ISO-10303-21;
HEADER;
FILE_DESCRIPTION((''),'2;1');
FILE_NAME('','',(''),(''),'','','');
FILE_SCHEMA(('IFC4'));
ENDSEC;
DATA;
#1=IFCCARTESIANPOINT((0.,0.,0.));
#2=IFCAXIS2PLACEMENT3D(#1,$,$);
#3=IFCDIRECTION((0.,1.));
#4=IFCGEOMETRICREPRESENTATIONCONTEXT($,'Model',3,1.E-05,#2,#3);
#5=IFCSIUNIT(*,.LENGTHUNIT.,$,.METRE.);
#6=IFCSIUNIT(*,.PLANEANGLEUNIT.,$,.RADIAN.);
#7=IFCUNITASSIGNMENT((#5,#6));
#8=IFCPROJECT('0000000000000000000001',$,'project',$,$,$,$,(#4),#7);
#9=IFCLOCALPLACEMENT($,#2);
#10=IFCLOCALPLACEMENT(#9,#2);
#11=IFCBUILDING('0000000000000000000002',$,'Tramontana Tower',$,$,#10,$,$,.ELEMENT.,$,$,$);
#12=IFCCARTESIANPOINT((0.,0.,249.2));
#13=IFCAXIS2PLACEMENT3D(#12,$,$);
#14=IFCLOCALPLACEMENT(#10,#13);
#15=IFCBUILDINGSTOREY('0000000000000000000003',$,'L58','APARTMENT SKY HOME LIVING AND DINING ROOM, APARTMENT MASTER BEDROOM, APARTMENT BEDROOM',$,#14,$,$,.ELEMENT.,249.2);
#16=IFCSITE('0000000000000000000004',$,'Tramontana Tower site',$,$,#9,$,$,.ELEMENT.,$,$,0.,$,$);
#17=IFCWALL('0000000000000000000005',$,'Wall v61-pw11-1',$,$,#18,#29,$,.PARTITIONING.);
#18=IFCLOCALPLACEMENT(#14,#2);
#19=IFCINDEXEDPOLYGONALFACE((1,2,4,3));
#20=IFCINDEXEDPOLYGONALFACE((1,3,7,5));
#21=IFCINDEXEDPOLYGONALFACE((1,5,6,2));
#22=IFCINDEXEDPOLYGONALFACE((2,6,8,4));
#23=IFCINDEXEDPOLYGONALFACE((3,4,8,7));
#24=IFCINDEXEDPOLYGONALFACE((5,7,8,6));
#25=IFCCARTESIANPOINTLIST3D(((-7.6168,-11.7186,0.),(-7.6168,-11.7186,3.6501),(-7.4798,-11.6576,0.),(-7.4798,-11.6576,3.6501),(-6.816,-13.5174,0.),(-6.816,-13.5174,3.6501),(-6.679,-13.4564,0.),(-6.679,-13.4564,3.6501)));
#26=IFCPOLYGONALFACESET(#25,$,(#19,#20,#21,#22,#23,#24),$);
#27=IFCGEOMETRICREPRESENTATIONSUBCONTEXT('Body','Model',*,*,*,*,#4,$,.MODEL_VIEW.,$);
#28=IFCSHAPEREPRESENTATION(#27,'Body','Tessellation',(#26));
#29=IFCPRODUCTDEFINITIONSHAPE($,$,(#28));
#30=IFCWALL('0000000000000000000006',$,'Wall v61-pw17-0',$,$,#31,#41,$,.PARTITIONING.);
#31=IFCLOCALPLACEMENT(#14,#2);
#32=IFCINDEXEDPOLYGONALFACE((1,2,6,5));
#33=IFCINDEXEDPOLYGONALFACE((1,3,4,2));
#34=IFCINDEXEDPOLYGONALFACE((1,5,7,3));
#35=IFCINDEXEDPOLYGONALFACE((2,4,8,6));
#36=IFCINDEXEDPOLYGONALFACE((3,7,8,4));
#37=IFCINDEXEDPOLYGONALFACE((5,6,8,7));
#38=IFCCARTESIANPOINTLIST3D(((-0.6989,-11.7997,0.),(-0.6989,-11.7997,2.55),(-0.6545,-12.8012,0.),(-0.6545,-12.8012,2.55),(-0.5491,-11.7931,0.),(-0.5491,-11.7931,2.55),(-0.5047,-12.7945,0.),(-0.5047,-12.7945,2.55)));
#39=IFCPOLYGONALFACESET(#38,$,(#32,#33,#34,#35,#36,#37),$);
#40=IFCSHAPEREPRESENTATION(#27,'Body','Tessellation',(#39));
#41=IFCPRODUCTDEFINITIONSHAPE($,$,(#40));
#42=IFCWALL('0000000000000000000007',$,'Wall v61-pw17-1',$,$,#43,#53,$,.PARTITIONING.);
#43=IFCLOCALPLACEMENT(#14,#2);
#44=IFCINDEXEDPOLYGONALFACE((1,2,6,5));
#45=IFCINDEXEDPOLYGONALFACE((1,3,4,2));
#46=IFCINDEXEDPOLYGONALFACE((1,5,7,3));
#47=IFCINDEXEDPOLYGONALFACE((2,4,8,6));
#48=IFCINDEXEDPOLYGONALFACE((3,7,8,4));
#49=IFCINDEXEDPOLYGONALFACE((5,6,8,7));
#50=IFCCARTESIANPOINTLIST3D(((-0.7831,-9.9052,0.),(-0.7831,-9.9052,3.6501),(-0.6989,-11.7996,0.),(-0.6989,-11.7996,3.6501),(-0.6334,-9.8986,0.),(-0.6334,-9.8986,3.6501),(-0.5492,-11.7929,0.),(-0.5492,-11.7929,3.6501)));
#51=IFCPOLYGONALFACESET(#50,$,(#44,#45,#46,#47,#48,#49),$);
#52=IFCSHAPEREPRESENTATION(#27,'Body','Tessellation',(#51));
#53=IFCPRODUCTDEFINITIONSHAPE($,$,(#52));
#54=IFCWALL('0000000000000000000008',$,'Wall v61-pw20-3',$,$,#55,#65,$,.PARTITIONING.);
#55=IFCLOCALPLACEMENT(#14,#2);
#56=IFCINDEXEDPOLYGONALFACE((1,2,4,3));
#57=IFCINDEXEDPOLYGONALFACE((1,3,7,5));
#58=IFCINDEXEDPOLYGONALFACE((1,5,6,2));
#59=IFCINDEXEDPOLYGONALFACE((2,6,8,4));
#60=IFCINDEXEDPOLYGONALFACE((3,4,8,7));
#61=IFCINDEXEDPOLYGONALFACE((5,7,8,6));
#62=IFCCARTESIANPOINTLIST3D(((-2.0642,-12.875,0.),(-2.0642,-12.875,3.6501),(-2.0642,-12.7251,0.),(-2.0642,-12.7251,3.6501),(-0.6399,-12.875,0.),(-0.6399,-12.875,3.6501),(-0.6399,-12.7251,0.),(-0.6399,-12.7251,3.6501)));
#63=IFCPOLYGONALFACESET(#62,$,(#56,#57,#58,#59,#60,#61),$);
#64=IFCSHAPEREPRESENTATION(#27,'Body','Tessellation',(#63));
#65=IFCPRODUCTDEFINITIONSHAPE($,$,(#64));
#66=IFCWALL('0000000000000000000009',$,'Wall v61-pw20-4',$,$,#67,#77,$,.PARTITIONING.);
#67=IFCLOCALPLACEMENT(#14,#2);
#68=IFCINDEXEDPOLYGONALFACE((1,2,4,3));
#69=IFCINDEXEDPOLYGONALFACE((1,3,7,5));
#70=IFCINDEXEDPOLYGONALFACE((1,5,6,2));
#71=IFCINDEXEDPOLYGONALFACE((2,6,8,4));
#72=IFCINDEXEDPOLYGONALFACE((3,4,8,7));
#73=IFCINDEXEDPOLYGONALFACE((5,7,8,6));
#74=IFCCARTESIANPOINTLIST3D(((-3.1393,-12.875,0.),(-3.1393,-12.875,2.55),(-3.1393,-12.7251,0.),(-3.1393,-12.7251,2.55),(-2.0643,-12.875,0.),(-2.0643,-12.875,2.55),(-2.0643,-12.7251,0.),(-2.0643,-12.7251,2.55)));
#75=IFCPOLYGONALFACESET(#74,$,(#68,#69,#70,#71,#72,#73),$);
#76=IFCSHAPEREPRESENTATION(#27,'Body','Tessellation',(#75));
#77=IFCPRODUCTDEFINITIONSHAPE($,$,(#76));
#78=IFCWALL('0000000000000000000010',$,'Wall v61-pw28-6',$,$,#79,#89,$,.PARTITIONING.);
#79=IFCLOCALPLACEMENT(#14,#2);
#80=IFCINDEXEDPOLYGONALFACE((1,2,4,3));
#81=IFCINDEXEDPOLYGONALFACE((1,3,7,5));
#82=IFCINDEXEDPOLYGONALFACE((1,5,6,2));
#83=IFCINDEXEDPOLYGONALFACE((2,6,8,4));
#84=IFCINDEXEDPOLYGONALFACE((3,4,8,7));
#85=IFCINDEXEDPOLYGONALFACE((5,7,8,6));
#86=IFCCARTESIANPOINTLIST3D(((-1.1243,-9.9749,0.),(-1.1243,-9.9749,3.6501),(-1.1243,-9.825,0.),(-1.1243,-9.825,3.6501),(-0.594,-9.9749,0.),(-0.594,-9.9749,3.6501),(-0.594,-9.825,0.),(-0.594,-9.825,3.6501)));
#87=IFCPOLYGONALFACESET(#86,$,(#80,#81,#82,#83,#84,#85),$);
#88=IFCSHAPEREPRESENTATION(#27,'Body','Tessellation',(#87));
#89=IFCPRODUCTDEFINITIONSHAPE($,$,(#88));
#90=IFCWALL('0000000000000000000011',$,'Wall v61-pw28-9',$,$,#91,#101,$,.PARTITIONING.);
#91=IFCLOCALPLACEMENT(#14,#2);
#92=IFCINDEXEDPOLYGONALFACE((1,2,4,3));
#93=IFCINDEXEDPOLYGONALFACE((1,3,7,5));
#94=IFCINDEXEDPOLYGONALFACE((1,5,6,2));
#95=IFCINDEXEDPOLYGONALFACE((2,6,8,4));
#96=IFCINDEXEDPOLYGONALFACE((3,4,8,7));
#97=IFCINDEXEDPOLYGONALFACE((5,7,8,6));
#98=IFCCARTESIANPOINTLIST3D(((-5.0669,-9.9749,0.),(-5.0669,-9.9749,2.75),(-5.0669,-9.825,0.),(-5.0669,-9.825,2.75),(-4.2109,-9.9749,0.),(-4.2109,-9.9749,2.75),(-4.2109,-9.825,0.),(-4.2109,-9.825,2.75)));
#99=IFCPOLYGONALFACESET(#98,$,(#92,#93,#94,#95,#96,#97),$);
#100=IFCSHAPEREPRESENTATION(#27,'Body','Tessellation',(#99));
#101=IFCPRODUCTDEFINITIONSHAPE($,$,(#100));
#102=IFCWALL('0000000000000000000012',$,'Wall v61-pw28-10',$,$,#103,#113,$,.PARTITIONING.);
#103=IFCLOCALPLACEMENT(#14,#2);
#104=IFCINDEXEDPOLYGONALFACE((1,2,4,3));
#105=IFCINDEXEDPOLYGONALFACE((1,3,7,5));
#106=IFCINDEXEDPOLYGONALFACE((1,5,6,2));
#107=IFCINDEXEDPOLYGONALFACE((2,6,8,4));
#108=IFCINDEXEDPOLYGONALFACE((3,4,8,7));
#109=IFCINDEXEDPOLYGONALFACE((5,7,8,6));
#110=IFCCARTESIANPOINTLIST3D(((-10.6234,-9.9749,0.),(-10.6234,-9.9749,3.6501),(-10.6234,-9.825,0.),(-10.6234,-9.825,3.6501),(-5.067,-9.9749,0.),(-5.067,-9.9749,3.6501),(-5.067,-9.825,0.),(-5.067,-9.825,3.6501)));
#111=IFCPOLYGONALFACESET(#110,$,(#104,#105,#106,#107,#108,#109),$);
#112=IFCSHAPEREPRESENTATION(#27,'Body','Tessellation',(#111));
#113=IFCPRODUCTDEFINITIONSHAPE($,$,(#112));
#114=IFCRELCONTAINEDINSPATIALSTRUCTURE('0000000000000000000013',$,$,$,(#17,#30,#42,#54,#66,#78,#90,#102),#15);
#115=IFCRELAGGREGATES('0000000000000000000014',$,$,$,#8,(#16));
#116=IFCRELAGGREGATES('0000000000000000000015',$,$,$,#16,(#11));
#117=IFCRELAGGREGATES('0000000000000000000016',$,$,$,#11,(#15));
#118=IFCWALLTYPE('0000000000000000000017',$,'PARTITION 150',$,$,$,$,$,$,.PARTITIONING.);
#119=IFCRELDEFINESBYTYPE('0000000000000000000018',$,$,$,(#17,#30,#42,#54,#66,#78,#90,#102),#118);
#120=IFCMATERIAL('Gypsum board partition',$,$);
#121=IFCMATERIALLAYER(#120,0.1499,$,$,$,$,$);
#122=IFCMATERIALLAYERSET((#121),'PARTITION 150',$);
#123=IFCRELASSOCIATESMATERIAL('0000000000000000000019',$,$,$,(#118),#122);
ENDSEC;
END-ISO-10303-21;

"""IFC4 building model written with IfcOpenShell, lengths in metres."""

from ifc_helpers import new_model, si_unit, direction, frame, frame_2d, origin, place, context, subcontext, project, spatial, rectangle, extrude, material, layer, layer_set, type_object, element, save


model = new_model("IFC4")

# Units and contexts
model_context = context("Model", 3, precision=1e-05, world=origin(), true_north=direction((0.0, 1.0)))
body_context = subcontext(model_context, "Body", "Model", "MODEL_VIEW")
ifc_project = project(units=[si_unit("LENGTHUNIT", "METRE"), si_unit("PLANEANGLEUNIT", "RADIAN")], contexts=[model_context])

# Site, building, storey
site_placement = place(None, origin())
site = spatial("IfcSite", under=ifc_project, at=site_placement, Name="Tramontana Tower site", CompositionType="ELEMENT", RefElevation=0.0)
building_placement = place(site_placement, origin())
building = spatial("IfcBuilding", under=site, at=building_placement, Name="Tramontana Tower", CompositionType="ELEMENT")
storey_placement = place(building_placement, frame((0.0, 0.0, 249.2)))
storey = spatial("IfcBuildingStorey", under=building, at=storey_placement, Name="L58", Description="APARTMENT SKY HOME LIVING AND DINING ROOM, APARTMENT MASTER BEDROOM, APARTMENT BEDROOM", CompositionType="ELEMENT", Elevation=249.2)

# Shared definitions
ifc_material_1 = material(Name="Gypsum board partition")
ifc_layer_1 = layer(ifc_material_1, 0.1499)
ifc_layer_set_1 = layer_set([ifc_layer_1], Name="PARTITION 150")
wall_type_1 = type_object("IfcWallType", Name="PARTITION 150", PredefinedType="PARTITIONING", material=ifc_layer_set_1)

# Wall
wall_1_placement = place(storey_placement, frame((-6.7476, -13.4868, 0.0), z_axis=(0.0, 0.0, 1.0), x_axis=(-0.406691, 0.913566, 0.0)))
element("IfcWall", 1, at=wall_1_placement, inside=storey, type_object=wall_type_1, Name="Wall v61-pw11-1", PredefinedType="PARTITIONING", context=body_context, shape_type="SweptSolid", body=[
    extrude(rectangle(XDim=1.969, YDim=0.1499, at=frame_2d((0.9844, 0.0))), origin(), (0.0, 0.0, 1.0), 3.6501),
])

# Walls
wall_2_placement = place(storey_placement, frame((-0.5796, -12.7979, 0.0), z_axis=(0.0, 0.0, 1.0), x_axis=(-0.044325, 0.999017, 0.0)))
element("IfcWall", 2, at=wall_2_placement, inside=storey, type_object=wall_type_1, Name="Wall v61-pw17-0", PredefinedType="PARTITIONING", context=body_context, shape_type="SweptSolid", body=[
    extrude(rectangle(XDim=1.0024, YDim=0.1499, at=frame_2d((0.5012, 0.0))), origin(), (0.0, 0.0, 1.0), 2.55),
])
wall_3_placement = place(storey_placement, frame((-0.624, -11.7964, 0.0), z_axis=(0.0, 0.0, 1.0), x_axis=(-0.044421, 0.999013, 0.0)))
element("IfcWall", 3, at=wall_3_placement, inside=storey, type_object=wall_type_1, Name="Wall v61-pw17-1", PredefinedType="PARTITIONING", context=body_context, shape_type="SweptSolid", body=[
    extrude(rectangle(XDim=1.8962, YDim=0.1499, at=frame_2d((0.9482, 0.0))), origin(), (0.0, 0.0, 1.0), 3.6501),
])
wall_4_placement = place(storey_placement, frame((-0.6399, -12.8, 0.0), z_axis=(0.0, 0.0, 1.0), x_axis=(-1.0, 0.0, 0.0)))
element("IfcWall", 4, at=wall_4_placement, inside=storey, type_object=wall_type_1, Name="Wall v61-pw20-3", PredefinedType="PARTITIONING", context=body_context, shape_type="SweptSolid", body=[
    extrude(rectangle(XDim=1.4243, YDim=0.1499, at=frame_2d((0.7122, 0.0))), origin(), (0.0, 0.0, 1.0), 3.6501),
])
wall_5_placement = place(storey_placement, frame((-2.0642, -12.8, 0.0), z_axis=(0.0, 0.0, 1.0), x_axis=(-1.0, 0.0, 0.0)))
element("IfcWall", 5, at=wall_5_placement, inside=storey, type_object=wall_type_1, Name="Wall v61-pw20-4", PredefinedType="PARTITIONING", context=body_context, shape_type="SweptSolid", body=[
    extrude(rectangle(XDim=1.075, YDim=0.1499, at=frame_2d((0.5376, 0.0))), origin(), (0.0, 0.0, 1.0), 2.55),
])
wall_6_placement = place(storey_placement, frame((-0.594, -9.8999, 0.0), z_axis=(0.0, 0.0, 1.0), x_axis=(-1.0, 0.0, 0.0)))
element("IfcWall", 6, at=wall_6_placement, inside=storey, type_object=wall_type_1, Name="Wall v61-pw28-6", PredefinedType="PARTITIONING", context=body_context, shape_type="SweptSolid", body=[
    extrude(rectangle(XDim=0.5303, YDim=0.1499, at=frame_2d((0.2651, 0.0))), origin(), (0.0, 0.0, 1.0), 3.6501),
])

# Walls
wall_7_placement = place(storey_placement, frame((-4.2109, -9.8999, 0.0), z_axis=(0.0, 0.0, 1.0), x_axis=(-1.0, 0.0, 0.0)))
element("IfcWall", 7, at=wall_7_placement, inside=storey, type_object=wall_type_1, Name="Wall v61-pw28-9", PredefinedType="PARTITIONING", context=body_context, shape_type="SweptSolid", body=[
    extrude(rectangle(XDim=0.856, YDim=0.1499, at=frame_2d((0.428, 0.0))), origin(), (0.0, 0.0, 1.0), 2.75),
])
wall_8_placement = place(storey_placement, frame((-5.0669, -9.8999, 0.0), z_axis=(0.0, 0.0, 1.0), x_axis=(-1.0, 0.0, 0.0)))
element("IfcWall", 8, at=wall_8_placement, inside=storey, type_object=wall_type_1, Name="Wall v61-pw28-10", PredefinedType="PARTITIONING", context=body_context, shape_type="SweptSolid", body=[
    extrude(rectangle(XDim=5.5564, YDim=0.1499, at=frame_2d((2.7783, 0.0))), origin(), (0.0, 0.0, 1.0), 3.6501),
])

save(model, "model.ifc")
